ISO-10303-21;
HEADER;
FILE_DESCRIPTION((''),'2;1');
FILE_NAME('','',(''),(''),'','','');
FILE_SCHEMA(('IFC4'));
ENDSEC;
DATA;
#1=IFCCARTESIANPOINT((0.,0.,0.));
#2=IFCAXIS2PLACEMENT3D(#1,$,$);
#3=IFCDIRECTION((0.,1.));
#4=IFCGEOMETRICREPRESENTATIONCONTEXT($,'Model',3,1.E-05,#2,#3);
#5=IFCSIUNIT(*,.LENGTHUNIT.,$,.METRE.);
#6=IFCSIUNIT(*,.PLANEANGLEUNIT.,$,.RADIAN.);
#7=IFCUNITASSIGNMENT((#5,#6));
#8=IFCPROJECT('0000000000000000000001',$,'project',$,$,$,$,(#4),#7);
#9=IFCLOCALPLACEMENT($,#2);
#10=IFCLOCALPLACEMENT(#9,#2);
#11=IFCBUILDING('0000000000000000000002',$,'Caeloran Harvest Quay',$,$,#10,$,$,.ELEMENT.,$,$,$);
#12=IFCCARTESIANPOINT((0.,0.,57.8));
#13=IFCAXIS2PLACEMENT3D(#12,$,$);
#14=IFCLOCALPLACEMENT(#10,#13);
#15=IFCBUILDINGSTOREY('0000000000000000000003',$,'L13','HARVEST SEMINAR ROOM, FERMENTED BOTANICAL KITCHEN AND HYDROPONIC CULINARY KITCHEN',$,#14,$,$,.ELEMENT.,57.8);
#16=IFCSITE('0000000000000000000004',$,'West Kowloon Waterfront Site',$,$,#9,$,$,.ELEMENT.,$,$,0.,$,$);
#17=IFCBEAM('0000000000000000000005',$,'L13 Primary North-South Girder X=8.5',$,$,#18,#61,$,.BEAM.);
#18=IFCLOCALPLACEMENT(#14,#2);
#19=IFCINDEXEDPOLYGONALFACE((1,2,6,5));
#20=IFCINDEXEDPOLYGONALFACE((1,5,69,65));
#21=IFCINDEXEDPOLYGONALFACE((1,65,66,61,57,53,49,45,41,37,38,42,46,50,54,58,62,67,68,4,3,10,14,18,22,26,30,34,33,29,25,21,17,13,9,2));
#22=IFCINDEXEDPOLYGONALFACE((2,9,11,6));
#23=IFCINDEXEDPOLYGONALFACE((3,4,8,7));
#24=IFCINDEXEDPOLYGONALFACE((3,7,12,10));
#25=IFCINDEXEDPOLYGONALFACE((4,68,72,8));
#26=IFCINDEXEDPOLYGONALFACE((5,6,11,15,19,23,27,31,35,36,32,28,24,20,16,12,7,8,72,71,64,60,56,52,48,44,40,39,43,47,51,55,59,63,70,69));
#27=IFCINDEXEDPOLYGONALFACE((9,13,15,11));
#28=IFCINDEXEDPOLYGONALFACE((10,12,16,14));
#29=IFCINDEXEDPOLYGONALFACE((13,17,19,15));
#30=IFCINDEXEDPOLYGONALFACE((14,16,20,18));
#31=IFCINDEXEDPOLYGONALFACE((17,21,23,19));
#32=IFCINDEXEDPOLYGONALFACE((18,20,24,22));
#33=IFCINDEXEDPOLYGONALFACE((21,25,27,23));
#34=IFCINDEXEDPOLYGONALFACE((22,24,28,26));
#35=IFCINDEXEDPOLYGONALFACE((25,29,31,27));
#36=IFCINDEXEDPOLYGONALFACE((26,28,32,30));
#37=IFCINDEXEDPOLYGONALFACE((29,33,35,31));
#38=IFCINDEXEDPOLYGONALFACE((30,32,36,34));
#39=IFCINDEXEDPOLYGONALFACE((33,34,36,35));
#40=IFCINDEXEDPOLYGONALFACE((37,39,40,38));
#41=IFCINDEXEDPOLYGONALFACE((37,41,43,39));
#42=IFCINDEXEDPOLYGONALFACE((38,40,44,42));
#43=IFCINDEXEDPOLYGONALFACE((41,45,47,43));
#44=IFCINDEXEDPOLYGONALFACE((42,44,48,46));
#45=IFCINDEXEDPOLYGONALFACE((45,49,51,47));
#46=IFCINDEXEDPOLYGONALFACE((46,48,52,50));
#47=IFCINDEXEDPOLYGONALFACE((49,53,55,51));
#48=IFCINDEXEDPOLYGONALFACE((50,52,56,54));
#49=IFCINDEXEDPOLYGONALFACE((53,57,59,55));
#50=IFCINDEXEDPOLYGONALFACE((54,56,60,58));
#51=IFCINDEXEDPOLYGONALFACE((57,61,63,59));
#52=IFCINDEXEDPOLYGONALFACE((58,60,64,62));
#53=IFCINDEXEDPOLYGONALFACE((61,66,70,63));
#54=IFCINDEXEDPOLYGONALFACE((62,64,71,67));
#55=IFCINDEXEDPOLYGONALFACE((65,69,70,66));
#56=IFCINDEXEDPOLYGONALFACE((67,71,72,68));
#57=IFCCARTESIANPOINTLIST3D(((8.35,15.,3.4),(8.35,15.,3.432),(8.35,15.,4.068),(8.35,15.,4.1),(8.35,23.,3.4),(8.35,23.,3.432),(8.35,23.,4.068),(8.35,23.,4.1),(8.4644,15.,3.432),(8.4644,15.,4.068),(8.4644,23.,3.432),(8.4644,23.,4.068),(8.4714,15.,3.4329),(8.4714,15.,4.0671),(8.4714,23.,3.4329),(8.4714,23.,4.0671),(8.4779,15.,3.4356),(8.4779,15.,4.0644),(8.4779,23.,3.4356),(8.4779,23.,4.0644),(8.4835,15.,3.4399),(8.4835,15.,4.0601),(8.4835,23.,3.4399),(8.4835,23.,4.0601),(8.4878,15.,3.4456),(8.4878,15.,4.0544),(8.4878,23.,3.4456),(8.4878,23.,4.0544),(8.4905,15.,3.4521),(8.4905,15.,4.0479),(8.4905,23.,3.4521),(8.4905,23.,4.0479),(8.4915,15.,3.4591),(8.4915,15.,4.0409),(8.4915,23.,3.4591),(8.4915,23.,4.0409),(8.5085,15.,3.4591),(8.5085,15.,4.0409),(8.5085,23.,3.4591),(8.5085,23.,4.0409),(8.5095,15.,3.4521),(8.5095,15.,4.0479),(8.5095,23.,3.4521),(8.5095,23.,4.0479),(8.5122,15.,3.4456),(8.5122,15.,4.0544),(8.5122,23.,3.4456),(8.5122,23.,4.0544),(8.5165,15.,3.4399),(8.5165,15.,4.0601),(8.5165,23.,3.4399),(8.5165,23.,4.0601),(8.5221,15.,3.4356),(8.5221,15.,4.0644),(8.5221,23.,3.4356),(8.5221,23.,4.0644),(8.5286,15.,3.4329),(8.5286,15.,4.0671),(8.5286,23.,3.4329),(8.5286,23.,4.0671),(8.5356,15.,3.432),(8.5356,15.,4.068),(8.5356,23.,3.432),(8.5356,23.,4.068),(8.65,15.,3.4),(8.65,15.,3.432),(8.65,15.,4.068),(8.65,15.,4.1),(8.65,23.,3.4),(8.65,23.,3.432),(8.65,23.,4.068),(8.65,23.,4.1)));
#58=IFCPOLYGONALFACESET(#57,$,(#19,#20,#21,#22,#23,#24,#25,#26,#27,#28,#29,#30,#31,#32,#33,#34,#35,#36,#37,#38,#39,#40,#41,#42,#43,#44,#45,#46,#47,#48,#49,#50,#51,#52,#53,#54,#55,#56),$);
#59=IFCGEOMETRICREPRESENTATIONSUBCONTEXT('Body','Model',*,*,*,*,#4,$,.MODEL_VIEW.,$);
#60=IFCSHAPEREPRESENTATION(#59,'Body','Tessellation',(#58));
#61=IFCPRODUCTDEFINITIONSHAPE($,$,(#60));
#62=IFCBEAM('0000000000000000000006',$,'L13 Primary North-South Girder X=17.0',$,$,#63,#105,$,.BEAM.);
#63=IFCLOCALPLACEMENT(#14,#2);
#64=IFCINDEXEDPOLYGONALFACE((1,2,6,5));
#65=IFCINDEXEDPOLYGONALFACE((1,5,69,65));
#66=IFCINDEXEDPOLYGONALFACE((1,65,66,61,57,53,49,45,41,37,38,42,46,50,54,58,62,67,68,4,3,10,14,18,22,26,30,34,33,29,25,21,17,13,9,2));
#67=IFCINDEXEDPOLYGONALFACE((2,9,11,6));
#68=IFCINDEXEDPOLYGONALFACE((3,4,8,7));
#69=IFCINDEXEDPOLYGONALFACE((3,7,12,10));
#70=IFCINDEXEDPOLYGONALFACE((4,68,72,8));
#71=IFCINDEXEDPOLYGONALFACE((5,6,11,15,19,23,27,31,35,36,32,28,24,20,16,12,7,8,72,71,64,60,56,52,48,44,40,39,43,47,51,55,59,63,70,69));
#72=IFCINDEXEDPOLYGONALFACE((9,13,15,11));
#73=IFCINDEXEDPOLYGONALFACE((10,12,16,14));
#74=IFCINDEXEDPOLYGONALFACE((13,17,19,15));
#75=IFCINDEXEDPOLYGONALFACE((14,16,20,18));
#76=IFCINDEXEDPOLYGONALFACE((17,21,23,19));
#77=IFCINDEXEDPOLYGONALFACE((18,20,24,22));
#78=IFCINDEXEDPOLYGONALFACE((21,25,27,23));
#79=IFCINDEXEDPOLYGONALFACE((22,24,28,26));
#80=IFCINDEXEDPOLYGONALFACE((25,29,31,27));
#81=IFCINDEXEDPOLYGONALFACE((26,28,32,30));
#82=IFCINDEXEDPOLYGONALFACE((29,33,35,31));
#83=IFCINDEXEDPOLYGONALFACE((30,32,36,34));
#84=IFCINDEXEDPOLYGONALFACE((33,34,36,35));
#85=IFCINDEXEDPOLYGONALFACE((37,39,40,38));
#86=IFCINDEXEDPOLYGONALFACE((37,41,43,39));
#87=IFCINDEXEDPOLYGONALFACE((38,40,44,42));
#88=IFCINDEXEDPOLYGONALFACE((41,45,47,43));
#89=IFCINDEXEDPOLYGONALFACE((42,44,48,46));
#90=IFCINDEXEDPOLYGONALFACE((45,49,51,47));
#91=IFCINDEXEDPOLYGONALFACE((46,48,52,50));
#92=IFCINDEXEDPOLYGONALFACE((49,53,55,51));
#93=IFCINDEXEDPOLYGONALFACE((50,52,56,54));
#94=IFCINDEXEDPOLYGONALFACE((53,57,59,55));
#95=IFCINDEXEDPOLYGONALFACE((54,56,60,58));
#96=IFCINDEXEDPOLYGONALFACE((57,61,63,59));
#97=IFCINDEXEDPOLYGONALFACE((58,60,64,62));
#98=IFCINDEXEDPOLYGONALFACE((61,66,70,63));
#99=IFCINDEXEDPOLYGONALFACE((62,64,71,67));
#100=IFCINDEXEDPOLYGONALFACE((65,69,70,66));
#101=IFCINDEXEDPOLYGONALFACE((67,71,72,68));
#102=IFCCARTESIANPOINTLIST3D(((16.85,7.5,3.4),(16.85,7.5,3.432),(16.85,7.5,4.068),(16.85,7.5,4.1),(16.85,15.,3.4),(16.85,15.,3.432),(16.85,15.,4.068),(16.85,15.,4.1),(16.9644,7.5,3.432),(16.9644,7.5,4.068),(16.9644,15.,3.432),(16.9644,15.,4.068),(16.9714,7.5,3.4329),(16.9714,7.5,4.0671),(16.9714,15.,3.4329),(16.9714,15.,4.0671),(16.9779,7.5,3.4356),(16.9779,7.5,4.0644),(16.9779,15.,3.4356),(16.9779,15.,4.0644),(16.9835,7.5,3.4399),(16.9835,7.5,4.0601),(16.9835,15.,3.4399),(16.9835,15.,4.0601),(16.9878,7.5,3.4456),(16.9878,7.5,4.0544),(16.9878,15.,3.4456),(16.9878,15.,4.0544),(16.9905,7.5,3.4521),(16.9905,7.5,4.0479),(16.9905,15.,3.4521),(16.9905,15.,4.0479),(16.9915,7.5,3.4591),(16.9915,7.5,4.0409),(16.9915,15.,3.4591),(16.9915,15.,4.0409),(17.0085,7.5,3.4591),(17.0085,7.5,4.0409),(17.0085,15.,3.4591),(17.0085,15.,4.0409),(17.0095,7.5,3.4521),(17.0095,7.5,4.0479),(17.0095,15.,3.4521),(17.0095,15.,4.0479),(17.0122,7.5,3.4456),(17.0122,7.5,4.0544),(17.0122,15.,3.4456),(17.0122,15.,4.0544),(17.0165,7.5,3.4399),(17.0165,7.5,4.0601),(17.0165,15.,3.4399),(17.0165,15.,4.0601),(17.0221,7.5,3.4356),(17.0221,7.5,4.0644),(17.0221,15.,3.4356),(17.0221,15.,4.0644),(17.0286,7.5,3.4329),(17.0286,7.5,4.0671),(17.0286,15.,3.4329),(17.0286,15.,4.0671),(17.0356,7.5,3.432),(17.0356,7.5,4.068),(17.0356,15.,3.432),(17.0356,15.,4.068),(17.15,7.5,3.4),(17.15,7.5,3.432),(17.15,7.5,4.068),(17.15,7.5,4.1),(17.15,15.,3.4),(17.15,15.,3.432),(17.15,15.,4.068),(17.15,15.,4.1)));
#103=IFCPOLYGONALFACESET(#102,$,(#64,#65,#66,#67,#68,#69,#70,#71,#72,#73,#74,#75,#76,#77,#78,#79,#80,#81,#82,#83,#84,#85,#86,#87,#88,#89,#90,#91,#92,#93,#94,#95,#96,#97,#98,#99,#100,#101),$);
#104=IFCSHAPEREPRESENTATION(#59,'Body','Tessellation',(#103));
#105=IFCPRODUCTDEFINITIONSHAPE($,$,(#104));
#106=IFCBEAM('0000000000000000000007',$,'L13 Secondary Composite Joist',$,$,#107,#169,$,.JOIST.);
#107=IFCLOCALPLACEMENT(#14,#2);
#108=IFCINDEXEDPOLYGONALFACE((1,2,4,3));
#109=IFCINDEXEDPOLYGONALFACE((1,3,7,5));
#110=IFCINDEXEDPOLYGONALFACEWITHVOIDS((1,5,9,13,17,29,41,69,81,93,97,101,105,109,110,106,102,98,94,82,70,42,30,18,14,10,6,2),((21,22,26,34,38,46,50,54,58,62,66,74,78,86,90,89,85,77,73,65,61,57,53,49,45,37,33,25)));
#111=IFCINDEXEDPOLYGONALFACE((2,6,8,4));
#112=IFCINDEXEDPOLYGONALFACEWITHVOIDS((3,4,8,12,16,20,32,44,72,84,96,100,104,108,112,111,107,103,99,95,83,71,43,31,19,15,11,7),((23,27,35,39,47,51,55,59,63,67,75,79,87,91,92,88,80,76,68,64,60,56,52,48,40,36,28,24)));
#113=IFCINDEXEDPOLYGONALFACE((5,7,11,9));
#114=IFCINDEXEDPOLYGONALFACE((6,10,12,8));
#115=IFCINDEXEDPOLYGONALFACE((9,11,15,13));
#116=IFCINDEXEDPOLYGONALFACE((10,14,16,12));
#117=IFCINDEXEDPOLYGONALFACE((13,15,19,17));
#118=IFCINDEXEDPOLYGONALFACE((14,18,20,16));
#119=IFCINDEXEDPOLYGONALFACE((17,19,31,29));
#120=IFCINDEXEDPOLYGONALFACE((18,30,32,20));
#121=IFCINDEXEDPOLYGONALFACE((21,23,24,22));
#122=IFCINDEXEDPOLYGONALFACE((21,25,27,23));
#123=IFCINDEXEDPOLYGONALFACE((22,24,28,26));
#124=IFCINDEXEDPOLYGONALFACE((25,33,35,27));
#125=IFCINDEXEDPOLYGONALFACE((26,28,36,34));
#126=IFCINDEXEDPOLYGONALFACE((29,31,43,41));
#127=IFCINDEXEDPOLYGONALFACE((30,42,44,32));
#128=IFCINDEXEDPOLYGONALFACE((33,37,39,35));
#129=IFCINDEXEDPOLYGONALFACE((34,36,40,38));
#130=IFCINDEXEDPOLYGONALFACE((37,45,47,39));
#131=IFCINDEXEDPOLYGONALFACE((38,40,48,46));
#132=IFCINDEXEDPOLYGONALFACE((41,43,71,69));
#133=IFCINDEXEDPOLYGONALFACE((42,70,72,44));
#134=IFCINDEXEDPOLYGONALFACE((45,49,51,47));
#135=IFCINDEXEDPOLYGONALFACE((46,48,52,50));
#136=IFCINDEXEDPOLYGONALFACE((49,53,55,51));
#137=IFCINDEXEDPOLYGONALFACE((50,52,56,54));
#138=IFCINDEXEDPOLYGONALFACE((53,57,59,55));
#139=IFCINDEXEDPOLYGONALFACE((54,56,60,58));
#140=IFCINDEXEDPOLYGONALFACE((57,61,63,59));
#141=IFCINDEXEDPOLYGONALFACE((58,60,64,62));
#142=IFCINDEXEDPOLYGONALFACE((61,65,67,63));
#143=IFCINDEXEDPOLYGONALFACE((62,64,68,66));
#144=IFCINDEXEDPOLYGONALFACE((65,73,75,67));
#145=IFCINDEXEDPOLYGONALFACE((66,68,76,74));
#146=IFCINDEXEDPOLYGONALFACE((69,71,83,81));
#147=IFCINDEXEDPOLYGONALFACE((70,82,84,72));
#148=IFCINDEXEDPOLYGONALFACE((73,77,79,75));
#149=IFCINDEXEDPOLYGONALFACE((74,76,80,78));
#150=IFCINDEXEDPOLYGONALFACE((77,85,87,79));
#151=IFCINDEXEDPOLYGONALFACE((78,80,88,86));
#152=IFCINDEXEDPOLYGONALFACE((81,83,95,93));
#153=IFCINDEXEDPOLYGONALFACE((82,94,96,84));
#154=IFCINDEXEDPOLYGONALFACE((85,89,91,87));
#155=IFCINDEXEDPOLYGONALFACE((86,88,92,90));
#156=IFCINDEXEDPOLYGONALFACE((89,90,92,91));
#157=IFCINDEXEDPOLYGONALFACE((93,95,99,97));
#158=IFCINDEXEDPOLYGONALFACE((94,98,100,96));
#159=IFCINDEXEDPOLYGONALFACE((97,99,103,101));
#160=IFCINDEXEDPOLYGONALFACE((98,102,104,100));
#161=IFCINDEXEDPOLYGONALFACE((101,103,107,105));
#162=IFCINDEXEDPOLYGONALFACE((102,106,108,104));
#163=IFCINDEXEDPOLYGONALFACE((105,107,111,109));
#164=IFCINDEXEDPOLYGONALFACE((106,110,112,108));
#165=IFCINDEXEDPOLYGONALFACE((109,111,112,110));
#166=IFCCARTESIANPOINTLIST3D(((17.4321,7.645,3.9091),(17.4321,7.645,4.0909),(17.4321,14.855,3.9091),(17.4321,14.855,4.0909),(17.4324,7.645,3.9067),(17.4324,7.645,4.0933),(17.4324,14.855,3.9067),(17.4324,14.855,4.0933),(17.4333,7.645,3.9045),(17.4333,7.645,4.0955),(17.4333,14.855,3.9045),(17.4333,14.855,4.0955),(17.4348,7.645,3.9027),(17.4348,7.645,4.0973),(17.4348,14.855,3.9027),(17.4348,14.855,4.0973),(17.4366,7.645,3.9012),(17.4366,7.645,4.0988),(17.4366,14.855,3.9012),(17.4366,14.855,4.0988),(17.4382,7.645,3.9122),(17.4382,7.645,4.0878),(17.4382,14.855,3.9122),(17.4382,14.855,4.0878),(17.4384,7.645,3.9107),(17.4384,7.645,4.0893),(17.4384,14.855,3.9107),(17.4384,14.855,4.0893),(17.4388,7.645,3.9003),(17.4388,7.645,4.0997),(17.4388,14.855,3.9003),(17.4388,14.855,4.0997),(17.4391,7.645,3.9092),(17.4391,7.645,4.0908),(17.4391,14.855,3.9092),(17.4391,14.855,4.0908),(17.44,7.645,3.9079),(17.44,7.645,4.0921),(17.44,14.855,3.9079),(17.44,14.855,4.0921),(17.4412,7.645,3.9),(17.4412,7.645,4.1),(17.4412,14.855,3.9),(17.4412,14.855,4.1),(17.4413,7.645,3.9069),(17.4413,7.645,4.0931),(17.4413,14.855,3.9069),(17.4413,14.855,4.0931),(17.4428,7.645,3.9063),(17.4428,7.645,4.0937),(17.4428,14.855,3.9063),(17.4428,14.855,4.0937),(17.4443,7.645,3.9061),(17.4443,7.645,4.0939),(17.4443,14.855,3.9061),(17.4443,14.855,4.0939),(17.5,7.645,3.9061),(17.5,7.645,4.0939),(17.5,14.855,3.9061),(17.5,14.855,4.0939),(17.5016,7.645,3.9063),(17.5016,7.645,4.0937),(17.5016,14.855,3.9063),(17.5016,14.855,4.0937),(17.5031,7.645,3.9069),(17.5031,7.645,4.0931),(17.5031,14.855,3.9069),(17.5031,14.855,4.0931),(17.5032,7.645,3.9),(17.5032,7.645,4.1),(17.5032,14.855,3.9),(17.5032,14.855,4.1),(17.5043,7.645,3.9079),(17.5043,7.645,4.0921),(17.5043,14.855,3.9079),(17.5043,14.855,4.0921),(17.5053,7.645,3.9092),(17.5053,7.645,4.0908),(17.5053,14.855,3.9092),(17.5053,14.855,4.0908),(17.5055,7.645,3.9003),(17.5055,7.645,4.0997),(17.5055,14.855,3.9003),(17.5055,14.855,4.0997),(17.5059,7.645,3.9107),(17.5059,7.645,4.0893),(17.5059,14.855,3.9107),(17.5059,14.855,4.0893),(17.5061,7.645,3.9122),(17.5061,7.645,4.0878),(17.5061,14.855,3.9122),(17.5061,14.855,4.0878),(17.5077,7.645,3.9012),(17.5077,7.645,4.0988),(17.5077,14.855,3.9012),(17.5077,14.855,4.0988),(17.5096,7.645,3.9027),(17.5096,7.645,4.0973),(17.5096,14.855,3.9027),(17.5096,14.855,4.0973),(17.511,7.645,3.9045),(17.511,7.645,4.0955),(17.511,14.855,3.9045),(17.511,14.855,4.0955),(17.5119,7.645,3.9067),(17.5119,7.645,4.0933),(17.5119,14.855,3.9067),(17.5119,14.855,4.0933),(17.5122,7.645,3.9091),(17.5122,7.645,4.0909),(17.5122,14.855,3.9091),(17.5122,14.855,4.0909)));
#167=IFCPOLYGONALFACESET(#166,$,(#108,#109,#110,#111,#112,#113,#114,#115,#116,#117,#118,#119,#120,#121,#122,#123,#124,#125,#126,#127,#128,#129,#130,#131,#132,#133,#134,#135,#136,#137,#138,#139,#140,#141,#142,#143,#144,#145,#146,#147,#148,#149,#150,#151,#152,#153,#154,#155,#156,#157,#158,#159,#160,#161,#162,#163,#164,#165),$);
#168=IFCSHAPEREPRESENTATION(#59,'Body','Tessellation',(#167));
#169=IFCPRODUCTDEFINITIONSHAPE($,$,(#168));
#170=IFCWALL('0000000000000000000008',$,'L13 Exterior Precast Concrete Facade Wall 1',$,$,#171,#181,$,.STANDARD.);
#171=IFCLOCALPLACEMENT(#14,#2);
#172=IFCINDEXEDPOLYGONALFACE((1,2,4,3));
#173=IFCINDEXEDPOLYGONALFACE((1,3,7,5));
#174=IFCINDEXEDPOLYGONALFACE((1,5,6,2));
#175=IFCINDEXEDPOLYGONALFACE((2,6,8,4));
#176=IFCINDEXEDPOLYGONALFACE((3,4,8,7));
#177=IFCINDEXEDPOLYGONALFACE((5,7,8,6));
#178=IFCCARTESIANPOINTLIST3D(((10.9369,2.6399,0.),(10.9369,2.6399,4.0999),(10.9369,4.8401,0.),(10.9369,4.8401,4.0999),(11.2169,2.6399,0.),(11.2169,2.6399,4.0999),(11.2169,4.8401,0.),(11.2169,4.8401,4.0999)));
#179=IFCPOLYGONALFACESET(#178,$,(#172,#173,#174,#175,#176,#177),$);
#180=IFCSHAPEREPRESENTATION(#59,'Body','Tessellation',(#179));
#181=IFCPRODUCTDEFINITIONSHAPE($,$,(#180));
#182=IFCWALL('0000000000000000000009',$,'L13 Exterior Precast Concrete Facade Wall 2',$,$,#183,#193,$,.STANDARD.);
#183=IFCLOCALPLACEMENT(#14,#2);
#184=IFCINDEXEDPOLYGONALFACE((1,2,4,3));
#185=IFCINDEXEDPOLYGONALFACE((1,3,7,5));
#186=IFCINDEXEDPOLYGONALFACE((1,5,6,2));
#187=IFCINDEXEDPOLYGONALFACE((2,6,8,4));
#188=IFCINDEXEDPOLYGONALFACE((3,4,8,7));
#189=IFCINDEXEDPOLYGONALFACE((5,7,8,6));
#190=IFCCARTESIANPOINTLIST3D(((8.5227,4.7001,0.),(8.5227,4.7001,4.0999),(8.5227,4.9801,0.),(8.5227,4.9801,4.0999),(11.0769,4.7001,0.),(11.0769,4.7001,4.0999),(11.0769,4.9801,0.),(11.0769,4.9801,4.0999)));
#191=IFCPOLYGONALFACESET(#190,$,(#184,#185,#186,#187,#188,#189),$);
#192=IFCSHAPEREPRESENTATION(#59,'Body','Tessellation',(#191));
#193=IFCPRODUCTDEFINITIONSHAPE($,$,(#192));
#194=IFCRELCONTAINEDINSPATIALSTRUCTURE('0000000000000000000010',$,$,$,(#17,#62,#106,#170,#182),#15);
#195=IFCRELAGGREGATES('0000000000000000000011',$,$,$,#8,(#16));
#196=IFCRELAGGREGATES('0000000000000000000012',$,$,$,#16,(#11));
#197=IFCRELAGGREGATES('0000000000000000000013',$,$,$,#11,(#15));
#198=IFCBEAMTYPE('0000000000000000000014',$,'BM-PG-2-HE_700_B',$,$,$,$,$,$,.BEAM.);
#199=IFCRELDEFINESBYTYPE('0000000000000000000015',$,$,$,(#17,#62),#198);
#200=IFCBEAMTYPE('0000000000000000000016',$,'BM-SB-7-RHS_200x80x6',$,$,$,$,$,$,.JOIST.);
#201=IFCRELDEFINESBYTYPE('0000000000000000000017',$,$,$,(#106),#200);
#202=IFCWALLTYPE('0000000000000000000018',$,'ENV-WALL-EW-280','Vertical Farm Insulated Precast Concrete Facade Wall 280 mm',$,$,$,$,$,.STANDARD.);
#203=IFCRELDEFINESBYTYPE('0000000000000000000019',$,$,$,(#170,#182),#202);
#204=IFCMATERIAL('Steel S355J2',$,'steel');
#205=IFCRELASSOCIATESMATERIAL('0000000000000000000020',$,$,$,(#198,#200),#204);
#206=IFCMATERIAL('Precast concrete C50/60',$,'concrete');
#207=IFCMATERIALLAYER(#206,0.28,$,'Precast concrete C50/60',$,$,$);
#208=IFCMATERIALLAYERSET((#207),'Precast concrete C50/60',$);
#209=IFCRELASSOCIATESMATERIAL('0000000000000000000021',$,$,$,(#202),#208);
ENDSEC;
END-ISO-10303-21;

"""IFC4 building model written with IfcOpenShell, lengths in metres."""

from ifc_helpers import new_model, si_unit, direction, frame, frame_2d, origin, origin_2d, place, context, subcontext, project, spatial, rectangle, hollow_rectangle, i_section, extrude, material, layer, layer_set, material_profile, profile_set, type_object, element, save


model = new_model("IFC4")

# Units and contexts
model_context = context("Model", 3, precision=1e-05, world=origin(), true_north=direction((0.0, 1.0)))
body_context = subcontext(model_context, "Body", "Model", "MODEL_VIEW")
ifc_project = project(units=[si_unit("LENGTHUNIT", "METRE"), si_unit("PLANEANGLEUNIT", "RADIAN")], contexts=[model_context])

# Site, building, storey
site_placement = place(None, origin())
site = spatial("IfcSite", under=ifc_project, at=site_placement, Name="West Kowloon Waterfront Site", CompositionType="ELEMENT", RefElevation=0.0)
building_placement = place(site_placement, origin())
building = spatial("IfcBuilding", under=site, at=building_placement, Name="Caeloran Harvest Quay", CompositionType="ELEMENT")
storey_placement = place(building_placement, frame((0.0, 0.0, 57.8)))
storey = spatial("IfcBuildingStorey", under=building, at=storey_placement, Name="L13", Description="HARVEST SEMINAR ROOM, FERMENTED BOTANICAL KITCHEN AND HYDROPONIC CULINARY KITCHEN", CompositionType="ELEMENT", Elevation=57.8)

# Beams
ifc_material_1 = material(Name="Steel S355J2", Category="steel")
ifc_material_profile_1 = material_profile(ifc_material_1, i_section(OverallWidth=0.3, OverallDepth=0.7, WebThickness=0.0171, FlangeThickness=0.032, FilletRadius=0.0271, at=origin_2d()), Name="HE 700 B")
ifc_profile_set_1 = profile_set([ifc_material_profile_1], Name="Steel S355J2")
beam_type_1 = type_object("IfcBeamType", Name="BM-PG-2-HE_700_B", PredefinedType="BEAM", material=ifc_profile_set_1)
beam_1_placement = place(storey_placement, frame((8.5, 15.0, 3.75), z_axis=(0.0, 1.0, 0.0), x_axis=(-1.0, 0.0, 0.0)))
element("IfcBeam", 1, at=beam_1_placement, inside=storey, type_object=beam_type_1, Name="L13 Primary North-South Girder X=8.5", PredefinedType="BEAM", context=body_context, shape_type="SweptSolid", body=[
    extrude(i_section(OverallWidth=0.3, OverallDepth=0.7, WebThickness=0.0171, FlangeThickness=0.032, FilletRadius=0.0271, at=origin_2d()), origin(), (0.0, 0.0, 1.0), 8.0),
])
beam_2_placement = place(storey_placement, frame((17.0, 7.5, 3.75), z_axis=(0.0, 1.0, 0.0), x_axis=(-1.0, 0.0, 0.0)))
element("IfcBeam", 2, at=beam_2_placement, inside=storey, type_object=beam_type_1, Name="L13 Primary North-South Girder X=17.0", PredefinedType="BEAM", context=body_context, shape_type="SweptSolid", body=[
    extrude(i_section(OverallWidth=0.3, OverallDepth=0.7, WebThickness=0.0171, FlangeThickness=0.032, FilletRadius=0.0271, at=origin_2d()), origin(), (0.0, 0.0, 1.0), 7.5),
])
ifc_material_profile_2 = material_profile(ifc_material_1, hollow_rectangle(XDim=0.0801, YDim=0.2, WallThickness=0.0061, InnerFilletRadius=0.0061, OuterFilletRadius=0.009, at=origin_2d()), Name="RHS 200x80x6")
ifc_profile_set_2 = profile_set([ifc_material_profile_2], Name="Steel S355J2")
beam_type_2 = type_object("IfcBeamType", Name="BM-SB-7-RHS_200x80x6", PredefinedType="JOIST", material=ifc_profile_set_2)
beam_3_placement = place(storey_placement, frame((17.4722, 7.645, 4.0), z_axis=(0.0, 1.0, 0.0), x_axis=(-1.0, 0.0, 0.0)))
element("IfcBeam", 3, at=beam_3_placement, inside=storey, type_object=beam_type_2, Name="L13 Secondary Composite Joist", PredefinedType="JOIST", context=body_context, shape_type="SweptSolid", body=[
    extrude(hollow_rectangle(XDim=0.0801, YDim=0.2, WallThickness=0.0061, InnerFilletRadius=0.0061, OuterFilletRadius=0.009, at=origin_2d()), origin(), (0.0, 0.0, 1.0), 7.21),
])

# Walls
ifc_material_2 = material(Name="Precast concrete C50/60", Category="concrete")
ifc_layer_1 = layer(ifc_material_2, 0.28, Name="Precast concrete C50/60")
ifc_layer_set_1 = layer_set([ifc_layer_1], Name="Precast concrete C50/60")
wall_type_1 = type_object("IfcWallType", Name="ENV-WALL-EW-280", Description="Vertical Farm Insulated Precast Concrete Facade Wall 280 mm", PredefinedType="STANDARD", material=ifc_layer_set_1)
wall_1_placement = place(storey_placement, frame((11.0769, 2.6399, 0.0), z_axis=(0.0, 0.0, 1.0), x_axis=(0.0, 1.0, 0.0)))
element("IfcWall", 4, at=wall_1_placement, inside=storey, type_object=wall_type_1, Name="L13 Exterior Precast Concrete Facade Wall 1", PredefinedType="STANDARD", context=body_context, shape_type="SweptSolid", body=[
    extrude(rectangle(XDim=2.2002, YDim=0.28, at=frame_2d((1.1001, 0.0))), origin(), (0.0, 0.0, 1.0), 4.0999),
])
wall_2_placement = place(storey_placement, frame((11.0769, 4.8401, 0.0), z_axis=(0.0, 0.0, 1.0), x_axis=(-1.0, 0.0, 0.0)))
element("IfcWall", 5, at=wall_2_placement, inside=storey, type_object=wall_type_1, Name="L13 Exterior Precast Concrete Facade Wall 2", PredefinedType="STANDARD", context=body_context, shape_type="SweptSolid", body=[
    extrude(rectangle(XDim=2.5542, YDim=0.28, at=frame_2d((1.2771, 0.0))), origin(), (0.0, 0.0, 1.0), 4.0999),
])

save(model, "model.ifc")
